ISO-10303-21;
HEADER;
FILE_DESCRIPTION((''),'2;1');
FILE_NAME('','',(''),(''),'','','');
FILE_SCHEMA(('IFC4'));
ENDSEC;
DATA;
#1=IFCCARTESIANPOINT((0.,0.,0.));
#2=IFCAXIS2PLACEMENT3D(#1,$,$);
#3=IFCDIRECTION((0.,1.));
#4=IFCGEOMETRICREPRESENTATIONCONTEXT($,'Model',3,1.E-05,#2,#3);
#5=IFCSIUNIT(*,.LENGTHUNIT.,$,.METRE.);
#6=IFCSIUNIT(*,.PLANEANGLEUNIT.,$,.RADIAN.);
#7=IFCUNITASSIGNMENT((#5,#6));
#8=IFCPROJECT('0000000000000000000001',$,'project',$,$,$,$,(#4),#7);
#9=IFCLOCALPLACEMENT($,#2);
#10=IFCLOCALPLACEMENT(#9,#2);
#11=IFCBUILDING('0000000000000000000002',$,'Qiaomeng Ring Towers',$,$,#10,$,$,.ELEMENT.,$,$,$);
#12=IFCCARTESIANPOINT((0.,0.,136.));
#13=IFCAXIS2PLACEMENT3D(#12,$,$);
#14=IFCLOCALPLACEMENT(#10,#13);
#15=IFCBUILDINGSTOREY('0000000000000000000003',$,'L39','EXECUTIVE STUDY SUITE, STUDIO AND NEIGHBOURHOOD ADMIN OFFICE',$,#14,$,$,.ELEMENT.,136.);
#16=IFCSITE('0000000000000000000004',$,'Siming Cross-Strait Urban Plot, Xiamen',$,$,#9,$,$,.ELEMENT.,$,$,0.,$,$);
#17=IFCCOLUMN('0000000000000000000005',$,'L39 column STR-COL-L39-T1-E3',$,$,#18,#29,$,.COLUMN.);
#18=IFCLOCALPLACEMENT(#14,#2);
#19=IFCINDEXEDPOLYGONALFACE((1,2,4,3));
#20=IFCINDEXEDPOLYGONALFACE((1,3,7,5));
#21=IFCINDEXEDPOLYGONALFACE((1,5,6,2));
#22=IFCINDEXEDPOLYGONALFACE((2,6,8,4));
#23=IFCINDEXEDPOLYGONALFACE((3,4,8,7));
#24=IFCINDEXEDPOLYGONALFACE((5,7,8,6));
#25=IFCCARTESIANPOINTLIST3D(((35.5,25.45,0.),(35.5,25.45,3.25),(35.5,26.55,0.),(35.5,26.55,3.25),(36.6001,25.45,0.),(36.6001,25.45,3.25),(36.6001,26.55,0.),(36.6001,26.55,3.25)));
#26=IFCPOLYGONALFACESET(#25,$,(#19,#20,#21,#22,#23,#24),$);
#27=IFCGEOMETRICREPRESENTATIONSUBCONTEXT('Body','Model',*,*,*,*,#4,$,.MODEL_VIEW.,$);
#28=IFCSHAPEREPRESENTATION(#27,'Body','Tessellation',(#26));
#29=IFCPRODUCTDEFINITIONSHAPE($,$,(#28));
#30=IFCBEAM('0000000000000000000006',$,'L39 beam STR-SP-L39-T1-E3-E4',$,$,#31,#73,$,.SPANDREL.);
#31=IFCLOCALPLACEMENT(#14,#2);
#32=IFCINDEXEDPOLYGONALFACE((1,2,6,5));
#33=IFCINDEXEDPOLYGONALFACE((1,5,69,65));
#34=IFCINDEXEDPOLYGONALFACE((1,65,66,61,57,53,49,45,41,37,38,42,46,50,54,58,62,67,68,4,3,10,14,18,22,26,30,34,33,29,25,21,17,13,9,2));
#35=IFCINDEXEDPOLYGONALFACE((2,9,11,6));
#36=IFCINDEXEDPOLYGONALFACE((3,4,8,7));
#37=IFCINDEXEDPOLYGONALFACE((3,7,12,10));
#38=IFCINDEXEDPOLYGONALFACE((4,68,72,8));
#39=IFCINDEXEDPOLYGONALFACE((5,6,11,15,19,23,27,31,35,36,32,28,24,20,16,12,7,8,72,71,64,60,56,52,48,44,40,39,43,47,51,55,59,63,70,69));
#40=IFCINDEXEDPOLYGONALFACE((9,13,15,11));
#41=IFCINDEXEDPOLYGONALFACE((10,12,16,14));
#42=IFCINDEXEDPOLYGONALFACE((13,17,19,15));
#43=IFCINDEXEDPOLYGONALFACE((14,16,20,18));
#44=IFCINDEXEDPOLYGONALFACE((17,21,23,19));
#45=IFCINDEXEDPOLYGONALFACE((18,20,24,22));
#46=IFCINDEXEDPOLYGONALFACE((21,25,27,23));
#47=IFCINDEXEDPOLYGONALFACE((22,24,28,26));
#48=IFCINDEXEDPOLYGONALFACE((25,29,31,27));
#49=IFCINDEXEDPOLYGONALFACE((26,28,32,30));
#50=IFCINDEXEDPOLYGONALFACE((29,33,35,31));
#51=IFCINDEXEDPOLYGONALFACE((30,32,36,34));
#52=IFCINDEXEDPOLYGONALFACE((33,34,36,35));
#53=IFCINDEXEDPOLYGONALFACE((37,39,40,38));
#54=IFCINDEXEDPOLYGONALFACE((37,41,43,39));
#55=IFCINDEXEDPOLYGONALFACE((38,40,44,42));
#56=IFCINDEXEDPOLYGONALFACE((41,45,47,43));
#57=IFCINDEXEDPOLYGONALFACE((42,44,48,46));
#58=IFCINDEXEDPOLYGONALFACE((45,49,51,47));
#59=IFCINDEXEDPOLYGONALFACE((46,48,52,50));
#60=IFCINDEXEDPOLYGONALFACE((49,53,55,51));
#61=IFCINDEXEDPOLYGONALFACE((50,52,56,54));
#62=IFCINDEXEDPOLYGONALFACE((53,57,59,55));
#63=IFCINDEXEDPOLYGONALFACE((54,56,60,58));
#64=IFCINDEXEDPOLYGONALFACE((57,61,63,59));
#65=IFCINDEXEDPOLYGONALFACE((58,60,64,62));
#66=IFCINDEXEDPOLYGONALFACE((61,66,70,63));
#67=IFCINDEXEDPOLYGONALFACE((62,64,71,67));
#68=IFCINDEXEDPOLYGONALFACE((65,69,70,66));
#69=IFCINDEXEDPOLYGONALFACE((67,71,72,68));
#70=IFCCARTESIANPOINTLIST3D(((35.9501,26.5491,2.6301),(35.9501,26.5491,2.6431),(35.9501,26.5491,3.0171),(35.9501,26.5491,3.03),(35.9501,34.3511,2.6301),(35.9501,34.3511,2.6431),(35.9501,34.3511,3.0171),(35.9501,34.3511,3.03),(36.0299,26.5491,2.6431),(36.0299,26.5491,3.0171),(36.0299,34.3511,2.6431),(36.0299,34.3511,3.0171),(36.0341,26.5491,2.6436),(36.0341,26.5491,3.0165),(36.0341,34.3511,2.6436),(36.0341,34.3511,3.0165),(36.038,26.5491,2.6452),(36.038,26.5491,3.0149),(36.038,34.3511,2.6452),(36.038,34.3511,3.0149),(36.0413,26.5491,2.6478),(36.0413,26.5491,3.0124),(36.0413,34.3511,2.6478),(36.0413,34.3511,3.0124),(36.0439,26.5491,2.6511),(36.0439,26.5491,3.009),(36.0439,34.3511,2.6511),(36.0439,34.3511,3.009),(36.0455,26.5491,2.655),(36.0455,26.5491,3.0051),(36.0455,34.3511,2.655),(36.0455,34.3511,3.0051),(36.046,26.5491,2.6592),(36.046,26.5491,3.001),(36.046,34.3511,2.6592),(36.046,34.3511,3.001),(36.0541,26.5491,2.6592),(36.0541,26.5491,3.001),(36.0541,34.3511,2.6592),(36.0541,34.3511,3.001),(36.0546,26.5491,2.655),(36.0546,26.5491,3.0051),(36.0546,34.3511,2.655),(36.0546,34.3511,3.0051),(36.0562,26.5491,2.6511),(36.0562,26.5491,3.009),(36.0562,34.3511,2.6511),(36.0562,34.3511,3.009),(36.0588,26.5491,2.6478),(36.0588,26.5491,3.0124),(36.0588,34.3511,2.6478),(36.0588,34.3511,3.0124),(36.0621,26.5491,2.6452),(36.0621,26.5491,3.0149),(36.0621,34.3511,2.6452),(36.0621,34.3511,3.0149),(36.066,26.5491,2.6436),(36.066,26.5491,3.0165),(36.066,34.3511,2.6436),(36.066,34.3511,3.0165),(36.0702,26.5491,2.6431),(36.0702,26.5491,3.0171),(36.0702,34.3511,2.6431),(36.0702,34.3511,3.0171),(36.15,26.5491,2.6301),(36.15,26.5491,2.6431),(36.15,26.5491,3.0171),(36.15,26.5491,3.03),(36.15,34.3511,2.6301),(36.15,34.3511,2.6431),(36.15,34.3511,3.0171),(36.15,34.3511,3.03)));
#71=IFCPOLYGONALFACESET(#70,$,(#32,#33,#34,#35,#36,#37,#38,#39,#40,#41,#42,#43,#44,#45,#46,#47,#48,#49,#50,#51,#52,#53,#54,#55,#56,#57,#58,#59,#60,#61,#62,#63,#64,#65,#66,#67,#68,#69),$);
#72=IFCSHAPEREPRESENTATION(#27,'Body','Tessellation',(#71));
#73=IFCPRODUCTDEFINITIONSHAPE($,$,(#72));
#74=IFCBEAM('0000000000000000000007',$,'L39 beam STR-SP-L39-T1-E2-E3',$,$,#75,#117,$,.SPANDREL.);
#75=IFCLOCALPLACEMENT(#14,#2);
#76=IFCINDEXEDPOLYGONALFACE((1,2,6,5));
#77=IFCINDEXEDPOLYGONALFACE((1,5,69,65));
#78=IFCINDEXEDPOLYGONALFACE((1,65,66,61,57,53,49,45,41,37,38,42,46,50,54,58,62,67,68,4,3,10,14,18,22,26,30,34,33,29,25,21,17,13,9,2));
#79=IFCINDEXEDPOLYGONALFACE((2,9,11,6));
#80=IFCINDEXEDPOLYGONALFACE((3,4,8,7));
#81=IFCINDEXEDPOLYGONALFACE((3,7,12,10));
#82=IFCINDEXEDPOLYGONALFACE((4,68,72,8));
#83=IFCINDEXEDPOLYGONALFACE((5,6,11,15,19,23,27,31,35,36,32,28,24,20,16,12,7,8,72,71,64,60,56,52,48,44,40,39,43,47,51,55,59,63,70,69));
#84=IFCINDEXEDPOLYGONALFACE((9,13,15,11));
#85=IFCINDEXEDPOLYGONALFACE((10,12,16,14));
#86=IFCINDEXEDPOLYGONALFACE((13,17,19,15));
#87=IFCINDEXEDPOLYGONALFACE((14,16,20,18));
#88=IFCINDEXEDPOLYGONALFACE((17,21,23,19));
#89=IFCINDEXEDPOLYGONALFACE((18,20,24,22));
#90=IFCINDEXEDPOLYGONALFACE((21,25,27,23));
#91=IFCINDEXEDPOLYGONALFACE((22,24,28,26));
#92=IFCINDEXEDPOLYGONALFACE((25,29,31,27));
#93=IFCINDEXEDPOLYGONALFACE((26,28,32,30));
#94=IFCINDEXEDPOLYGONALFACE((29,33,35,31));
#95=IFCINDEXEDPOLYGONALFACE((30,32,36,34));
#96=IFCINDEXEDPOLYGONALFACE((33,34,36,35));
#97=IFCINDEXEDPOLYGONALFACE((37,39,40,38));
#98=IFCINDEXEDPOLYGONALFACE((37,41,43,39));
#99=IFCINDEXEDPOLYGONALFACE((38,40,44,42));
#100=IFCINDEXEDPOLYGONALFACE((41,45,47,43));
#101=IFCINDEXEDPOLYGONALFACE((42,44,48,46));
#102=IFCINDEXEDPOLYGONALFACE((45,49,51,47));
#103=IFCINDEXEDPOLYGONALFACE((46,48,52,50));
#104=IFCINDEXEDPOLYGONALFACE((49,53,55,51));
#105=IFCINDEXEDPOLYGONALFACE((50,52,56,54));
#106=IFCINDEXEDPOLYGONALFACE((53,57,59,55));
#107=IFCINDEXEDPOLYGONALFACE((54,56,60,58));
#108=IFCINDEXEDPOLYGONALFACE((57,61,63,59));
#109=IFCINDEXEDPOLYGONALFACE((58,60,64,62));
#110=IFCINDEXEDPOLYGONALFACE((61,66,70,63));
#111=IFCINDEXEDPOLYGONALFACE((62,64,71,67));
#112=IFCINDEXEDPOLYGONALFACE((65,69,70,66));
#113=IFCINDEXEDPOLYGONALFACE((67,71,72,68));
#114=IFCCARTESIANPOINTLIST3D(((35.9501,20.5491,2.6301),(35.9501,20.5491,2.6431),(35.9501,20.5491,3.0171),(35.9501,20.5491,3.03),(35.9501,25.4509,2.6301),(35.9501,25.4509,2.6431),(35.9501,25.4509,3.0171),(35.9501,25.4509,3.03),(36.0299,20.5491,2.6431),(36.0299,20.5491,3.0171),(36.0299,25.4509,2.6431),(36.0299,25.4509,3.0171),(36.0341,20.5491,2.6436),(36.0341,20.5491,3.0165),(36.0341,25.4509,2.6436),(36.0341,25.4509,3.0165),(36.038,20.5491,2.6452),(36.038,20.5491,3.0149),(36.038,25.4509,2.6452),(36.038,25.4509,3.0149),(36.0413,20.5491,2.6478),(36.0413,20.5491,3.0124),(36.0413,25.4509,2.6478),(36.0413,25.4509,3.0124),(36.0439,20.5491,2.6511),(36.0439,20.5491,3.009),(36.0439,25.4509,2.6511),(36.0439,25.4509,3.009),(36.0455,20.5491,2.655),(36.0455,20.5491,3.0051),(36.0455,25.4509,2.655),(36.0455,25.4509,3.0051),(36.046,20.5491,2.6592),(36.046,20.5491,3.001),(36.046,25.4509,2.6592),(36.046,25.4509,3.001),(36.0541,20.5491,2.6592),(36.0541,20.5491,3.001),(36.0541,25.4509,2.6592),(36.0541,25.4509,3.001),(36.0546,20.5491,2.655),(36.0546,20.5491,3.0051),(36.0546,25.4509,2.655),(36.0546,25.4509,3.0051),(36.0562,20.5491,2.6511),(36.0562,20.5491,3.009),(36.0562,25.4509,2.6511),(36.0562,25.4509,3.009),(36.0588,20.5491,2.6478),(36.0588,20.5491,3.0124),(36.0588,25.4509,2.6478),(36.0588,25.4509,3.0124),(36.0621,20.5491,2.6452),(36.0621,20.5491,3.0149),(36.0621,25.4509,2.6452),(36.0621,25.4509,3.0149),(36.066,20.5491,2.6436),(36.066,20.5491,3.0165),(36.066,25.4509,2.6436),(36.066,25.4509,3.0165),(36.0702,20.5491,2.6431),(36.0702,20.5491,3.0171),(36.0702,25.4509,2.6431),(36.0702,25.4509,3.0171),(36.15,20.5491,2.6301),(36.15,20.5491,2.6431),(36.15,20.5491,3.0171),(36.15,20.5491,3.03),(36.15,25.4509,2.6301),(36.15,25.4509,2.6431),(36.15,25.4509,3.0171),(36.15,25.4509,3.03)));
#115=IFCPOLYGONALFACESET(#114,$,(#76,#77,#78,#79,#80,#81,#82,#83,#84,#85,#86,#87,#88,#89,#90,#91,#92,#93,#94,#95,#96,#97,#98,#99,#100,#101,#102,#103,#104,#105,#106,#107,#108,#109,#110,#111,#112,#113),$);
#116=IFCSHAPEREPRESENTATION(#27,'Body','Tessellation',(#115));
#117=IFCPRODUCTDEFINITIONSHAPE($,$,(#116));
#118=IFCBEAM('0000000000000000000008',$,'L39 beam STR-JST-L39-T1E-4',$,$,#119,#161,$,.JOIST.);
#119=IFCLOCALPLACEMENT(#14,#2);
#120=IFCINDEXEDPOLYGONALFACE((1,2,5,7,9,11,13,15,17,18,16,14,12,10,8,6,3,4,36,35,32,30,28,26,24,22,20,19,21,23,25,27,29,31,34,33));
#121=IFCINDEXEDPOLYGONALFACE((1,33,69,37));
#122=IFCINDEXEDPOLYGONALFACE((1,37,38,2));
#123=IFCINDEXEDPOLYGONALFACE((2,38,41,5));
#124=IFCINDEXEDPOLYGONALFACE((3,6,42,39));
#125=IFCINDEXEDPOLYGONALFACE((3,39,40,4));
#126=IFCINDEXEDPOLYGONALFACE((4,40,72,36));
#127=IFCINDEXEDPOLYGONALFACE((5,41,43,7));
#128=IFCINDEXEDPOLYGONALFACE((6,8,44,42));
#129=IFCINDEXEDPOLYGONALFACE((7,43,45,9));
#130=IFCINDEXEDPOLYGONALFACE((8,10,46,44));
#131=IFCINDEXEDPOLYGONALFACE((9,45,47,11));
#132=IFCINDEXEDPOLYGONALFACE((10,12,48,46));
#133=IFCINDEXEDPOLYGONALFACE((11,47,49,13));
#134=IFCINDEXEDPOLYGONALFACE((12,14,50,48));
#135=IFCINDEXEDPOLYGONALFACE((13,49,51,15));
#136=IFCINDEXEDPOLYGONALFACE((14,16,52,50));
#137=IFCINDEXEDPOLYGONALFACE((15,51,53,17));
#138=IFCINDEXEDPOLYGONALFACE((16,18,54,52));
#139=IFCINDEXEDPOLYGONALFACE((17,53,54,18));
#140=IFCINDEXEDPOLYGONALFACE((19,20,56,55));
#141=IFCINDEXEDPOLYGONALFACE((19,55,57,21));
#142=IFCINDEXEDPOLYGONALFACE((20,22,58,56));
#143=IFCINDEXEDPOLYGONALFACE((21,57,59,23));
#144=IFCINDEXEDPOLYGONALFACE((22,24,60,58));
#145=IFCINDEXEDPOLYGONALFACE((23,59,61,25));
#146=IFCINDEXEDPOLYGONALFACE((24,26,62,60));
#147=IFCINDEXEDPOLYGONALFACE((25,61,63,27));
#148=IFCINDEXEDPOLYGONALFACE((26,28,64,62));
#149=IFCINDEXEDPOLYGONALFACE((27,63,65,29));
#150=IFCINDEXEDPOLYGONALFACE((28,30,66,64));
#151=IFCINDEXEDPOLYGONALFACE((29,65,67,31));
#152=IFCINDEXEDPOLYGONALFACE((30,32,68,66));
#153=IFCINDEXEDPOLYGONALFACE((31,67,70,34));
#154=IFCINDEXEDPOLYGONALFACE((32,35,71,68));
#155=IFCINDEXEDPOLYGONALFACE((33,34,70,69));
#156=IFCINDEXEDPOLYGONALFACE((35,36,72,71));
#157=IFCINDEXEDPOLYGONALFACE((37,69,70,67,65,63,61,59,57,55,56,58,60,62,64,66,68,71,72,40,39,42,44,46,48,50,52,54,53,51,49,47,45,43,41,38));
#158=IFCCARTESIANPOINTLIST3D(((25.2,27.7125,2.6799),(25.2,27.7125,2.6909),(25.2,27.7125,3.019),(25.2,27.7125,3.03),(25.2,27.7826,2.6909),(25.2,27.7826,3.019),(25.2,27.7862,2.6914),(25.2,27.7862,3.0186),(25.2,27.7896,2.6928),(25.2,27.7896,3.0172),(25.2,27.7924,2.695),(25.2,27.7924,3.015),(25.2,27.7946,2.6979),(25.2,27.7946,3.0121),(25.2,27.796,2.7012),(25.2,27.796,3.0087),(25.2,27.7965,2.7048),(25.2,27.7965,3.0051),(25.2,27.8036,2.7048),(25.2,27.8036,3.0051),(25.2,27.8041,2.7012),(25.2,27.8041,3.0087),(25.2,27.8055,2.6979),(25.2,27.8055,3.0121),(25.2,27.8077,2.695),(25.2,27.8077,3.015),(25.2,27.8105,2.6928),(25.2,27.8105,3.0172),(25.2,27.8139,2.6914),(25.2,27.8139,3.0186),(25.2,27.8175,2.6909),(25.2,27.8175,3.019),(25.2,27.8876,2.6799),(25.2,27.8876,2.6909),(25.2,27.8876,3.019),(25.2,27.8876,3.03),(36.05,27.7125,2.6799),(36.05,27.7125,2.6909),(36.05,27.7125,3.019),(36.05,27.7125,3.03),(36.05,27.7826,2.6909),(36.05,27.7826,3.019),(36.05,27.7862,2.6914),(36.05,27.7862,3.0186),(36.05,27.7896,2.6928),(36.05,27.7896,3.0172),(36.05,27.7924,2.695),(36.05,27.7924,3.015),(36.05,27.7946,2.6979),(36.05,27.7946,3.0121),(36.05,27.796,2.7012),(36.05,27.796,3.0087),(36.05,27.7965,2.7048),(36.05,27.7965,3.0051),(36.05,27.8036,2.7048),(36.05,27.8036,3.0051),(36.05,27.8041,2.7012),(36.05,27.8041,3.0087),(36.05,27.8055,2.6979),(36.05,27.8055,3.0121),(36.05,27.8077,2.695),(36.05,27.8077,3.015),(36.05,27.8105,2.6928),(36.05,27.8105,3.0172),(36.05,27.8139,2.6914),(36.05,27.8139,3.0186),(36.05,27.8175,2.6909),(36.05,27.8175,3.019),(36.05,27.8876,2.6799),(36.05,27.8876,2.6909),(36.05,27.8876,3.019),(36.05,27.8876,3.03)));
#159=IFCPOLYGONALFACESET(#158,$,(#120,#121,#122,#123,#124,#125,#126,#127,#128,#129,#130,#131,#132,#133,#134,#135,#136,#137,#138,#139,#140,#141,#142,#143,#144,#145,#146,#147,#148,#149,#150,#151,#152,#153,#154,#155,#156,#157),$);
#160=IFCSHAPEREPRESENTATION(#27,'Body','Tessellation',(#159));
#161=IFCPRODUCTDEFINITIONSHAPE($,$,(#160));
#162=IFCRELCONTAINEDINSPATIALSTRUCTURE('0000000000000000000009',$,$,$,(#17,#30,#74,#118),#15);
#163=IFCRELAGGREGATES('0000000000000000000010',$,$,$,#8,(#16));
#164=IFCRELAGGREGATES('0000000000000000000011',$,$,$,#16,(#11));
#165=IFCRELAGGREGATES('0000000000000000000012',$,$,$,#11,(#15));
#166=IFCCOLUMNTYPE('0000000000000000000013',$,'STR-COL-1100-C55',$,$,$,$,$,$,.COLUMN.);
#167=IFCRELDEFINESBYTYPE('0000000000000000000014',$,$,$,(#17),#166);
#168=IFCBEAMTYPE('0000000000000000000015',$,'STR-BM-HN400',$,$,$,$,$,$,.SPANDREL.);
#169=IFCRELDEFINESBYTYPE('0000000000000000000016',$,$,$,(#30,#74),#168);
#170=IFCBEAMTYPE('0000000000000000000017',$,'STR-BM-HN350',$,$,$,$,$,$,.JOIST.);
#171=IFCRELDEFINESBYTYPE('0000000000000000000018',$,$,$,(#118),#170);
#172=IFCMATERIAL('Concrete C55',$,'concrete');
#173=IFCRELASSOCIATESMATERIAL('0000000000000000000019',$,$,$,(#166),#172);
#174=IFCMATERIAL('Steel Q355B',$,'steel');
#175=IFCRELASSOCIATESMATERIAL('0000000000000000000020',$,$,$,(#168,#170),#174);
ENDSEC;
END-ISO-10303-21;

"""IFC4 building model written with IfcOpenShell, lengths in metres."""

from ifc_helpers import new_model, si_unit, direction, frame, origin, origin_2d, place, context, subcontext, project, spatial, rectangle, i_section, extrude, source, transform, mapped, material, material_profile, profile_set, type_object, element, save


model = new_model("IFC4")

# Units and contexts
model_context = context("Model", 3, precision=1e-05, world=origin(), true_north=direction((0.0, 1.0)))
body_context = subcontext(model_context, "Body", "Model", "MODEL_VIEW")
ifc_project = project(units=[si_unit("LENGTHUNIT", "METRE"), si_unit("PLANEANGLEUNIT", "RADIAN")], contexts=[model_context])

# Site, building, storey
site_placement = place(None, origin())
site = spatial("IfcSite", under=ifc_project, at=site_placement, Name="Siming Cross-Strait Urban Plot, Xiamen", CompositionType="ELEMENT", RefElevation=0.0)
building_placement = place(site_placement, origin())
building = spatial("IfcBuilding", under=site, at=building_placement, Name="Qiaomeng Ring Towers", CompositionType="ELEMENT")
storey_placement = place(building_placement, frame((0.0, 0.0, 136.0)))
storey = spatial("IfcBuildingStorey", under=building, at=storey_placement, Name="L39", Description="EXECUTIVE STUDY SUITE, STUDIO AND NEIGHBOURHOOD ADMIN OFFICE", CompositionType="ELEMENT", Elevation=136.0)

# Column
ifc_material_1 = material(Name="Concrete C55", Category="concrete")
ifc_material_profile_1 = material_profile(ifc_material_1, rectangle(XDim=1.1001, YDim=1.1001, at=origin_2d()), Name="RC COL 1100x1100")
ifc_profile_set_1 = profile_set([ifc_material_profile_1], Name="Concrete C55")
column_type = type_object("IfcColumnType", Name="STR-COL-1100-C55", PredefinedType="COLUMN", material=ifc_profile_set_1)
shared_shape_1 = source(origin(), body_context, "Body", "SweptSolid", [
    extrude(rectangle(XDim=1.1001, YDim=1.1001, at=origin_2d()), origin(), (0.0, 0.0, 1.0), 3.25),
])
column_placement = place(storey_placement, frame((36.05, 26.0, 0.0), z_axis=(0.0, 0.0, 1.0), x_axis=(1.0, 0.0, 0.0)))
element("IfcColumn", 1, at=column_placement, inside=storey, type_object=column_type, Name="L39 column STR-COL-L39-T1-E3", PredefinedType="COLUMN", context=body_context, shape_type="MappedRepresentation", body=[
    mapped(shared_shape_1, transform((0.0, 0.0, 0.0), x_axis=(1.0, 0.0, 0.0), y_axis=(0.0, 1.0, 0.0), z_axis=(0.0, 0.0, 1.0), scale=1.0)),
])

# Beams
ifc_material_2 = material(Name="Steel Q355B", Category="steel")
ifc_material_profile_2 = material_profile(ifc_material_2, i_section(OverallWidth=0.2, OverallDepth=0.3999, WebThickness=0.0081, FlangeThickness=0.0129, FilletRadius=0.0161, at=origin_2d()), Name="HN 400x200x8x13")
ifc_profile_set_2 = profile_set([ifc_material_profile_2], Name="Steel Q355B")
beam_type_1 = type_object("IfcBeamType", Name="STR-BM-HN400", PredefinedType="SPANDREL", material=ifc_profile_set_2)
shared_shape_2 = source(origin(), body_context, "Body", "SweptSolid", [
    extrude(i_section(OverallWidth=0.2, OverallDepth=0.3999, WebThickness=0.0081, FlangeThickness=0.0129, FilletRadius=0.0161, at=origin_2d()), origin(), (0.0, 0.0, 1.0), 7.802),
])
beam_1_placement = place(storey_placement, frame((36.05, 26.5491, 2.8301), z_axis=(0.0, 1.0, 0.0), x_axis=(-1.0, 0.0, 0.0)))
element("IfcBeam", 2, at=beam_1_placement, inside=storey, type_object=beam_type_1, Name="L39 beam STR-SP-L39-T1-E3-E4", PredefinedType="SPANDREL", context=body_context, shape_type="MappedRepresentation", body=[
    mapped(shared_shape_2, transform((0.0, 0.0, 0.0), x_axis=(1.0, 0.0, 0.0), y_axis=(0.0, 1.0, 0.0), z_axis=(0.0, 0.0, 1.0), scale=1.0)),
])
shared_shape_3 = source(origin(), body_context, "Body", "SweptSolid", [
    extrude(i_section(OverallWidth=0.2, OverallDepth=0.3999, WebThickness=0.0081, FlangeThickness=0.0129, FilletRadius=0.0161, at=origin_2d()), origin(), (0.0, 0.0, 1.0), 4.9019),
])
beam_2_placement = place(storey_placement, frame((36.05, 20.5491, 2.8301), z_axis=(0.0, 1.0, 0.0), x_axis=(-1.0, 0.0, 0.0)))
element("IfcBeam", 3, at=beam_2_placement, inside=storey, type_object=beam_type_1, Name="L39 beam STR-SP-L39-T1-E2-E3", PredefinedType="SPANDREL", context=body_context, shape_type="MappedRepresentation", body=[
    mapped(shared_shape_3, transform((0.0, 0.0, 0.0), x_axis=(1.0, 0.0, 0.0), y_axis=(0.0, 1.0, 0.0), z_axis=(0.0, 0.0, 1.0), scale=1.0)),
])
ifc_material_profile_3 = material_profile(ifc_material_2, i_section(OverallWidth=0.175, OverallDepth=0.3501, WebThickness=0.0071, FlangeThickness=0.011, FilletRadius=0.0139, at=origin_2d()), Name="HN 350x175x7x11")
ifc_profile_set_3 = profile_set([ifc_material_profile_3], Name="Steel Q355B")
beam_type_2 = type_object("IfcBeamType", Name="STR-BM-HN350", PredefinedType="JOIST", material=ifc_profile_set_3)
shared_shape_4 = source(origin(), body_context, "Body", "SweptSolid", [
    extrude(i_section(OverallWidth=0.175, OverallDepth=0.3501, WebThickness=0.0071, FlangeThickness=0.011, FilletRadius=0.0139, at=origin_2d()), origin(), (0.0, 0.0, 1.0), 10.8501),
])
beam_3_placement = place(storey_placement, frame((25.2, 27.8, 2.855), z_axis=(1.0, 0.0, 0.0), x_axis=(0.0, 1.0, 0.0)))
element("IfcBeam", 4, at=beam_3_placement, inside=storey, type_object=beam_type_2, Name="L39 beam STR-JST-L39-T1E-4", PredefinedType="JOIST", context=body_context, shape_type="MappedRepresentation", body=[
    mapped(shared_shape_4, transform((0.0, 0.0, 0.0), x_axis=(1.0, 0.0, 0.0), y_axis=(0.0, 1.0, 0.0), z_axis=(0.0, 0.0, 1.0), scale=1.0)),
])

save(model, "model.ifc")
